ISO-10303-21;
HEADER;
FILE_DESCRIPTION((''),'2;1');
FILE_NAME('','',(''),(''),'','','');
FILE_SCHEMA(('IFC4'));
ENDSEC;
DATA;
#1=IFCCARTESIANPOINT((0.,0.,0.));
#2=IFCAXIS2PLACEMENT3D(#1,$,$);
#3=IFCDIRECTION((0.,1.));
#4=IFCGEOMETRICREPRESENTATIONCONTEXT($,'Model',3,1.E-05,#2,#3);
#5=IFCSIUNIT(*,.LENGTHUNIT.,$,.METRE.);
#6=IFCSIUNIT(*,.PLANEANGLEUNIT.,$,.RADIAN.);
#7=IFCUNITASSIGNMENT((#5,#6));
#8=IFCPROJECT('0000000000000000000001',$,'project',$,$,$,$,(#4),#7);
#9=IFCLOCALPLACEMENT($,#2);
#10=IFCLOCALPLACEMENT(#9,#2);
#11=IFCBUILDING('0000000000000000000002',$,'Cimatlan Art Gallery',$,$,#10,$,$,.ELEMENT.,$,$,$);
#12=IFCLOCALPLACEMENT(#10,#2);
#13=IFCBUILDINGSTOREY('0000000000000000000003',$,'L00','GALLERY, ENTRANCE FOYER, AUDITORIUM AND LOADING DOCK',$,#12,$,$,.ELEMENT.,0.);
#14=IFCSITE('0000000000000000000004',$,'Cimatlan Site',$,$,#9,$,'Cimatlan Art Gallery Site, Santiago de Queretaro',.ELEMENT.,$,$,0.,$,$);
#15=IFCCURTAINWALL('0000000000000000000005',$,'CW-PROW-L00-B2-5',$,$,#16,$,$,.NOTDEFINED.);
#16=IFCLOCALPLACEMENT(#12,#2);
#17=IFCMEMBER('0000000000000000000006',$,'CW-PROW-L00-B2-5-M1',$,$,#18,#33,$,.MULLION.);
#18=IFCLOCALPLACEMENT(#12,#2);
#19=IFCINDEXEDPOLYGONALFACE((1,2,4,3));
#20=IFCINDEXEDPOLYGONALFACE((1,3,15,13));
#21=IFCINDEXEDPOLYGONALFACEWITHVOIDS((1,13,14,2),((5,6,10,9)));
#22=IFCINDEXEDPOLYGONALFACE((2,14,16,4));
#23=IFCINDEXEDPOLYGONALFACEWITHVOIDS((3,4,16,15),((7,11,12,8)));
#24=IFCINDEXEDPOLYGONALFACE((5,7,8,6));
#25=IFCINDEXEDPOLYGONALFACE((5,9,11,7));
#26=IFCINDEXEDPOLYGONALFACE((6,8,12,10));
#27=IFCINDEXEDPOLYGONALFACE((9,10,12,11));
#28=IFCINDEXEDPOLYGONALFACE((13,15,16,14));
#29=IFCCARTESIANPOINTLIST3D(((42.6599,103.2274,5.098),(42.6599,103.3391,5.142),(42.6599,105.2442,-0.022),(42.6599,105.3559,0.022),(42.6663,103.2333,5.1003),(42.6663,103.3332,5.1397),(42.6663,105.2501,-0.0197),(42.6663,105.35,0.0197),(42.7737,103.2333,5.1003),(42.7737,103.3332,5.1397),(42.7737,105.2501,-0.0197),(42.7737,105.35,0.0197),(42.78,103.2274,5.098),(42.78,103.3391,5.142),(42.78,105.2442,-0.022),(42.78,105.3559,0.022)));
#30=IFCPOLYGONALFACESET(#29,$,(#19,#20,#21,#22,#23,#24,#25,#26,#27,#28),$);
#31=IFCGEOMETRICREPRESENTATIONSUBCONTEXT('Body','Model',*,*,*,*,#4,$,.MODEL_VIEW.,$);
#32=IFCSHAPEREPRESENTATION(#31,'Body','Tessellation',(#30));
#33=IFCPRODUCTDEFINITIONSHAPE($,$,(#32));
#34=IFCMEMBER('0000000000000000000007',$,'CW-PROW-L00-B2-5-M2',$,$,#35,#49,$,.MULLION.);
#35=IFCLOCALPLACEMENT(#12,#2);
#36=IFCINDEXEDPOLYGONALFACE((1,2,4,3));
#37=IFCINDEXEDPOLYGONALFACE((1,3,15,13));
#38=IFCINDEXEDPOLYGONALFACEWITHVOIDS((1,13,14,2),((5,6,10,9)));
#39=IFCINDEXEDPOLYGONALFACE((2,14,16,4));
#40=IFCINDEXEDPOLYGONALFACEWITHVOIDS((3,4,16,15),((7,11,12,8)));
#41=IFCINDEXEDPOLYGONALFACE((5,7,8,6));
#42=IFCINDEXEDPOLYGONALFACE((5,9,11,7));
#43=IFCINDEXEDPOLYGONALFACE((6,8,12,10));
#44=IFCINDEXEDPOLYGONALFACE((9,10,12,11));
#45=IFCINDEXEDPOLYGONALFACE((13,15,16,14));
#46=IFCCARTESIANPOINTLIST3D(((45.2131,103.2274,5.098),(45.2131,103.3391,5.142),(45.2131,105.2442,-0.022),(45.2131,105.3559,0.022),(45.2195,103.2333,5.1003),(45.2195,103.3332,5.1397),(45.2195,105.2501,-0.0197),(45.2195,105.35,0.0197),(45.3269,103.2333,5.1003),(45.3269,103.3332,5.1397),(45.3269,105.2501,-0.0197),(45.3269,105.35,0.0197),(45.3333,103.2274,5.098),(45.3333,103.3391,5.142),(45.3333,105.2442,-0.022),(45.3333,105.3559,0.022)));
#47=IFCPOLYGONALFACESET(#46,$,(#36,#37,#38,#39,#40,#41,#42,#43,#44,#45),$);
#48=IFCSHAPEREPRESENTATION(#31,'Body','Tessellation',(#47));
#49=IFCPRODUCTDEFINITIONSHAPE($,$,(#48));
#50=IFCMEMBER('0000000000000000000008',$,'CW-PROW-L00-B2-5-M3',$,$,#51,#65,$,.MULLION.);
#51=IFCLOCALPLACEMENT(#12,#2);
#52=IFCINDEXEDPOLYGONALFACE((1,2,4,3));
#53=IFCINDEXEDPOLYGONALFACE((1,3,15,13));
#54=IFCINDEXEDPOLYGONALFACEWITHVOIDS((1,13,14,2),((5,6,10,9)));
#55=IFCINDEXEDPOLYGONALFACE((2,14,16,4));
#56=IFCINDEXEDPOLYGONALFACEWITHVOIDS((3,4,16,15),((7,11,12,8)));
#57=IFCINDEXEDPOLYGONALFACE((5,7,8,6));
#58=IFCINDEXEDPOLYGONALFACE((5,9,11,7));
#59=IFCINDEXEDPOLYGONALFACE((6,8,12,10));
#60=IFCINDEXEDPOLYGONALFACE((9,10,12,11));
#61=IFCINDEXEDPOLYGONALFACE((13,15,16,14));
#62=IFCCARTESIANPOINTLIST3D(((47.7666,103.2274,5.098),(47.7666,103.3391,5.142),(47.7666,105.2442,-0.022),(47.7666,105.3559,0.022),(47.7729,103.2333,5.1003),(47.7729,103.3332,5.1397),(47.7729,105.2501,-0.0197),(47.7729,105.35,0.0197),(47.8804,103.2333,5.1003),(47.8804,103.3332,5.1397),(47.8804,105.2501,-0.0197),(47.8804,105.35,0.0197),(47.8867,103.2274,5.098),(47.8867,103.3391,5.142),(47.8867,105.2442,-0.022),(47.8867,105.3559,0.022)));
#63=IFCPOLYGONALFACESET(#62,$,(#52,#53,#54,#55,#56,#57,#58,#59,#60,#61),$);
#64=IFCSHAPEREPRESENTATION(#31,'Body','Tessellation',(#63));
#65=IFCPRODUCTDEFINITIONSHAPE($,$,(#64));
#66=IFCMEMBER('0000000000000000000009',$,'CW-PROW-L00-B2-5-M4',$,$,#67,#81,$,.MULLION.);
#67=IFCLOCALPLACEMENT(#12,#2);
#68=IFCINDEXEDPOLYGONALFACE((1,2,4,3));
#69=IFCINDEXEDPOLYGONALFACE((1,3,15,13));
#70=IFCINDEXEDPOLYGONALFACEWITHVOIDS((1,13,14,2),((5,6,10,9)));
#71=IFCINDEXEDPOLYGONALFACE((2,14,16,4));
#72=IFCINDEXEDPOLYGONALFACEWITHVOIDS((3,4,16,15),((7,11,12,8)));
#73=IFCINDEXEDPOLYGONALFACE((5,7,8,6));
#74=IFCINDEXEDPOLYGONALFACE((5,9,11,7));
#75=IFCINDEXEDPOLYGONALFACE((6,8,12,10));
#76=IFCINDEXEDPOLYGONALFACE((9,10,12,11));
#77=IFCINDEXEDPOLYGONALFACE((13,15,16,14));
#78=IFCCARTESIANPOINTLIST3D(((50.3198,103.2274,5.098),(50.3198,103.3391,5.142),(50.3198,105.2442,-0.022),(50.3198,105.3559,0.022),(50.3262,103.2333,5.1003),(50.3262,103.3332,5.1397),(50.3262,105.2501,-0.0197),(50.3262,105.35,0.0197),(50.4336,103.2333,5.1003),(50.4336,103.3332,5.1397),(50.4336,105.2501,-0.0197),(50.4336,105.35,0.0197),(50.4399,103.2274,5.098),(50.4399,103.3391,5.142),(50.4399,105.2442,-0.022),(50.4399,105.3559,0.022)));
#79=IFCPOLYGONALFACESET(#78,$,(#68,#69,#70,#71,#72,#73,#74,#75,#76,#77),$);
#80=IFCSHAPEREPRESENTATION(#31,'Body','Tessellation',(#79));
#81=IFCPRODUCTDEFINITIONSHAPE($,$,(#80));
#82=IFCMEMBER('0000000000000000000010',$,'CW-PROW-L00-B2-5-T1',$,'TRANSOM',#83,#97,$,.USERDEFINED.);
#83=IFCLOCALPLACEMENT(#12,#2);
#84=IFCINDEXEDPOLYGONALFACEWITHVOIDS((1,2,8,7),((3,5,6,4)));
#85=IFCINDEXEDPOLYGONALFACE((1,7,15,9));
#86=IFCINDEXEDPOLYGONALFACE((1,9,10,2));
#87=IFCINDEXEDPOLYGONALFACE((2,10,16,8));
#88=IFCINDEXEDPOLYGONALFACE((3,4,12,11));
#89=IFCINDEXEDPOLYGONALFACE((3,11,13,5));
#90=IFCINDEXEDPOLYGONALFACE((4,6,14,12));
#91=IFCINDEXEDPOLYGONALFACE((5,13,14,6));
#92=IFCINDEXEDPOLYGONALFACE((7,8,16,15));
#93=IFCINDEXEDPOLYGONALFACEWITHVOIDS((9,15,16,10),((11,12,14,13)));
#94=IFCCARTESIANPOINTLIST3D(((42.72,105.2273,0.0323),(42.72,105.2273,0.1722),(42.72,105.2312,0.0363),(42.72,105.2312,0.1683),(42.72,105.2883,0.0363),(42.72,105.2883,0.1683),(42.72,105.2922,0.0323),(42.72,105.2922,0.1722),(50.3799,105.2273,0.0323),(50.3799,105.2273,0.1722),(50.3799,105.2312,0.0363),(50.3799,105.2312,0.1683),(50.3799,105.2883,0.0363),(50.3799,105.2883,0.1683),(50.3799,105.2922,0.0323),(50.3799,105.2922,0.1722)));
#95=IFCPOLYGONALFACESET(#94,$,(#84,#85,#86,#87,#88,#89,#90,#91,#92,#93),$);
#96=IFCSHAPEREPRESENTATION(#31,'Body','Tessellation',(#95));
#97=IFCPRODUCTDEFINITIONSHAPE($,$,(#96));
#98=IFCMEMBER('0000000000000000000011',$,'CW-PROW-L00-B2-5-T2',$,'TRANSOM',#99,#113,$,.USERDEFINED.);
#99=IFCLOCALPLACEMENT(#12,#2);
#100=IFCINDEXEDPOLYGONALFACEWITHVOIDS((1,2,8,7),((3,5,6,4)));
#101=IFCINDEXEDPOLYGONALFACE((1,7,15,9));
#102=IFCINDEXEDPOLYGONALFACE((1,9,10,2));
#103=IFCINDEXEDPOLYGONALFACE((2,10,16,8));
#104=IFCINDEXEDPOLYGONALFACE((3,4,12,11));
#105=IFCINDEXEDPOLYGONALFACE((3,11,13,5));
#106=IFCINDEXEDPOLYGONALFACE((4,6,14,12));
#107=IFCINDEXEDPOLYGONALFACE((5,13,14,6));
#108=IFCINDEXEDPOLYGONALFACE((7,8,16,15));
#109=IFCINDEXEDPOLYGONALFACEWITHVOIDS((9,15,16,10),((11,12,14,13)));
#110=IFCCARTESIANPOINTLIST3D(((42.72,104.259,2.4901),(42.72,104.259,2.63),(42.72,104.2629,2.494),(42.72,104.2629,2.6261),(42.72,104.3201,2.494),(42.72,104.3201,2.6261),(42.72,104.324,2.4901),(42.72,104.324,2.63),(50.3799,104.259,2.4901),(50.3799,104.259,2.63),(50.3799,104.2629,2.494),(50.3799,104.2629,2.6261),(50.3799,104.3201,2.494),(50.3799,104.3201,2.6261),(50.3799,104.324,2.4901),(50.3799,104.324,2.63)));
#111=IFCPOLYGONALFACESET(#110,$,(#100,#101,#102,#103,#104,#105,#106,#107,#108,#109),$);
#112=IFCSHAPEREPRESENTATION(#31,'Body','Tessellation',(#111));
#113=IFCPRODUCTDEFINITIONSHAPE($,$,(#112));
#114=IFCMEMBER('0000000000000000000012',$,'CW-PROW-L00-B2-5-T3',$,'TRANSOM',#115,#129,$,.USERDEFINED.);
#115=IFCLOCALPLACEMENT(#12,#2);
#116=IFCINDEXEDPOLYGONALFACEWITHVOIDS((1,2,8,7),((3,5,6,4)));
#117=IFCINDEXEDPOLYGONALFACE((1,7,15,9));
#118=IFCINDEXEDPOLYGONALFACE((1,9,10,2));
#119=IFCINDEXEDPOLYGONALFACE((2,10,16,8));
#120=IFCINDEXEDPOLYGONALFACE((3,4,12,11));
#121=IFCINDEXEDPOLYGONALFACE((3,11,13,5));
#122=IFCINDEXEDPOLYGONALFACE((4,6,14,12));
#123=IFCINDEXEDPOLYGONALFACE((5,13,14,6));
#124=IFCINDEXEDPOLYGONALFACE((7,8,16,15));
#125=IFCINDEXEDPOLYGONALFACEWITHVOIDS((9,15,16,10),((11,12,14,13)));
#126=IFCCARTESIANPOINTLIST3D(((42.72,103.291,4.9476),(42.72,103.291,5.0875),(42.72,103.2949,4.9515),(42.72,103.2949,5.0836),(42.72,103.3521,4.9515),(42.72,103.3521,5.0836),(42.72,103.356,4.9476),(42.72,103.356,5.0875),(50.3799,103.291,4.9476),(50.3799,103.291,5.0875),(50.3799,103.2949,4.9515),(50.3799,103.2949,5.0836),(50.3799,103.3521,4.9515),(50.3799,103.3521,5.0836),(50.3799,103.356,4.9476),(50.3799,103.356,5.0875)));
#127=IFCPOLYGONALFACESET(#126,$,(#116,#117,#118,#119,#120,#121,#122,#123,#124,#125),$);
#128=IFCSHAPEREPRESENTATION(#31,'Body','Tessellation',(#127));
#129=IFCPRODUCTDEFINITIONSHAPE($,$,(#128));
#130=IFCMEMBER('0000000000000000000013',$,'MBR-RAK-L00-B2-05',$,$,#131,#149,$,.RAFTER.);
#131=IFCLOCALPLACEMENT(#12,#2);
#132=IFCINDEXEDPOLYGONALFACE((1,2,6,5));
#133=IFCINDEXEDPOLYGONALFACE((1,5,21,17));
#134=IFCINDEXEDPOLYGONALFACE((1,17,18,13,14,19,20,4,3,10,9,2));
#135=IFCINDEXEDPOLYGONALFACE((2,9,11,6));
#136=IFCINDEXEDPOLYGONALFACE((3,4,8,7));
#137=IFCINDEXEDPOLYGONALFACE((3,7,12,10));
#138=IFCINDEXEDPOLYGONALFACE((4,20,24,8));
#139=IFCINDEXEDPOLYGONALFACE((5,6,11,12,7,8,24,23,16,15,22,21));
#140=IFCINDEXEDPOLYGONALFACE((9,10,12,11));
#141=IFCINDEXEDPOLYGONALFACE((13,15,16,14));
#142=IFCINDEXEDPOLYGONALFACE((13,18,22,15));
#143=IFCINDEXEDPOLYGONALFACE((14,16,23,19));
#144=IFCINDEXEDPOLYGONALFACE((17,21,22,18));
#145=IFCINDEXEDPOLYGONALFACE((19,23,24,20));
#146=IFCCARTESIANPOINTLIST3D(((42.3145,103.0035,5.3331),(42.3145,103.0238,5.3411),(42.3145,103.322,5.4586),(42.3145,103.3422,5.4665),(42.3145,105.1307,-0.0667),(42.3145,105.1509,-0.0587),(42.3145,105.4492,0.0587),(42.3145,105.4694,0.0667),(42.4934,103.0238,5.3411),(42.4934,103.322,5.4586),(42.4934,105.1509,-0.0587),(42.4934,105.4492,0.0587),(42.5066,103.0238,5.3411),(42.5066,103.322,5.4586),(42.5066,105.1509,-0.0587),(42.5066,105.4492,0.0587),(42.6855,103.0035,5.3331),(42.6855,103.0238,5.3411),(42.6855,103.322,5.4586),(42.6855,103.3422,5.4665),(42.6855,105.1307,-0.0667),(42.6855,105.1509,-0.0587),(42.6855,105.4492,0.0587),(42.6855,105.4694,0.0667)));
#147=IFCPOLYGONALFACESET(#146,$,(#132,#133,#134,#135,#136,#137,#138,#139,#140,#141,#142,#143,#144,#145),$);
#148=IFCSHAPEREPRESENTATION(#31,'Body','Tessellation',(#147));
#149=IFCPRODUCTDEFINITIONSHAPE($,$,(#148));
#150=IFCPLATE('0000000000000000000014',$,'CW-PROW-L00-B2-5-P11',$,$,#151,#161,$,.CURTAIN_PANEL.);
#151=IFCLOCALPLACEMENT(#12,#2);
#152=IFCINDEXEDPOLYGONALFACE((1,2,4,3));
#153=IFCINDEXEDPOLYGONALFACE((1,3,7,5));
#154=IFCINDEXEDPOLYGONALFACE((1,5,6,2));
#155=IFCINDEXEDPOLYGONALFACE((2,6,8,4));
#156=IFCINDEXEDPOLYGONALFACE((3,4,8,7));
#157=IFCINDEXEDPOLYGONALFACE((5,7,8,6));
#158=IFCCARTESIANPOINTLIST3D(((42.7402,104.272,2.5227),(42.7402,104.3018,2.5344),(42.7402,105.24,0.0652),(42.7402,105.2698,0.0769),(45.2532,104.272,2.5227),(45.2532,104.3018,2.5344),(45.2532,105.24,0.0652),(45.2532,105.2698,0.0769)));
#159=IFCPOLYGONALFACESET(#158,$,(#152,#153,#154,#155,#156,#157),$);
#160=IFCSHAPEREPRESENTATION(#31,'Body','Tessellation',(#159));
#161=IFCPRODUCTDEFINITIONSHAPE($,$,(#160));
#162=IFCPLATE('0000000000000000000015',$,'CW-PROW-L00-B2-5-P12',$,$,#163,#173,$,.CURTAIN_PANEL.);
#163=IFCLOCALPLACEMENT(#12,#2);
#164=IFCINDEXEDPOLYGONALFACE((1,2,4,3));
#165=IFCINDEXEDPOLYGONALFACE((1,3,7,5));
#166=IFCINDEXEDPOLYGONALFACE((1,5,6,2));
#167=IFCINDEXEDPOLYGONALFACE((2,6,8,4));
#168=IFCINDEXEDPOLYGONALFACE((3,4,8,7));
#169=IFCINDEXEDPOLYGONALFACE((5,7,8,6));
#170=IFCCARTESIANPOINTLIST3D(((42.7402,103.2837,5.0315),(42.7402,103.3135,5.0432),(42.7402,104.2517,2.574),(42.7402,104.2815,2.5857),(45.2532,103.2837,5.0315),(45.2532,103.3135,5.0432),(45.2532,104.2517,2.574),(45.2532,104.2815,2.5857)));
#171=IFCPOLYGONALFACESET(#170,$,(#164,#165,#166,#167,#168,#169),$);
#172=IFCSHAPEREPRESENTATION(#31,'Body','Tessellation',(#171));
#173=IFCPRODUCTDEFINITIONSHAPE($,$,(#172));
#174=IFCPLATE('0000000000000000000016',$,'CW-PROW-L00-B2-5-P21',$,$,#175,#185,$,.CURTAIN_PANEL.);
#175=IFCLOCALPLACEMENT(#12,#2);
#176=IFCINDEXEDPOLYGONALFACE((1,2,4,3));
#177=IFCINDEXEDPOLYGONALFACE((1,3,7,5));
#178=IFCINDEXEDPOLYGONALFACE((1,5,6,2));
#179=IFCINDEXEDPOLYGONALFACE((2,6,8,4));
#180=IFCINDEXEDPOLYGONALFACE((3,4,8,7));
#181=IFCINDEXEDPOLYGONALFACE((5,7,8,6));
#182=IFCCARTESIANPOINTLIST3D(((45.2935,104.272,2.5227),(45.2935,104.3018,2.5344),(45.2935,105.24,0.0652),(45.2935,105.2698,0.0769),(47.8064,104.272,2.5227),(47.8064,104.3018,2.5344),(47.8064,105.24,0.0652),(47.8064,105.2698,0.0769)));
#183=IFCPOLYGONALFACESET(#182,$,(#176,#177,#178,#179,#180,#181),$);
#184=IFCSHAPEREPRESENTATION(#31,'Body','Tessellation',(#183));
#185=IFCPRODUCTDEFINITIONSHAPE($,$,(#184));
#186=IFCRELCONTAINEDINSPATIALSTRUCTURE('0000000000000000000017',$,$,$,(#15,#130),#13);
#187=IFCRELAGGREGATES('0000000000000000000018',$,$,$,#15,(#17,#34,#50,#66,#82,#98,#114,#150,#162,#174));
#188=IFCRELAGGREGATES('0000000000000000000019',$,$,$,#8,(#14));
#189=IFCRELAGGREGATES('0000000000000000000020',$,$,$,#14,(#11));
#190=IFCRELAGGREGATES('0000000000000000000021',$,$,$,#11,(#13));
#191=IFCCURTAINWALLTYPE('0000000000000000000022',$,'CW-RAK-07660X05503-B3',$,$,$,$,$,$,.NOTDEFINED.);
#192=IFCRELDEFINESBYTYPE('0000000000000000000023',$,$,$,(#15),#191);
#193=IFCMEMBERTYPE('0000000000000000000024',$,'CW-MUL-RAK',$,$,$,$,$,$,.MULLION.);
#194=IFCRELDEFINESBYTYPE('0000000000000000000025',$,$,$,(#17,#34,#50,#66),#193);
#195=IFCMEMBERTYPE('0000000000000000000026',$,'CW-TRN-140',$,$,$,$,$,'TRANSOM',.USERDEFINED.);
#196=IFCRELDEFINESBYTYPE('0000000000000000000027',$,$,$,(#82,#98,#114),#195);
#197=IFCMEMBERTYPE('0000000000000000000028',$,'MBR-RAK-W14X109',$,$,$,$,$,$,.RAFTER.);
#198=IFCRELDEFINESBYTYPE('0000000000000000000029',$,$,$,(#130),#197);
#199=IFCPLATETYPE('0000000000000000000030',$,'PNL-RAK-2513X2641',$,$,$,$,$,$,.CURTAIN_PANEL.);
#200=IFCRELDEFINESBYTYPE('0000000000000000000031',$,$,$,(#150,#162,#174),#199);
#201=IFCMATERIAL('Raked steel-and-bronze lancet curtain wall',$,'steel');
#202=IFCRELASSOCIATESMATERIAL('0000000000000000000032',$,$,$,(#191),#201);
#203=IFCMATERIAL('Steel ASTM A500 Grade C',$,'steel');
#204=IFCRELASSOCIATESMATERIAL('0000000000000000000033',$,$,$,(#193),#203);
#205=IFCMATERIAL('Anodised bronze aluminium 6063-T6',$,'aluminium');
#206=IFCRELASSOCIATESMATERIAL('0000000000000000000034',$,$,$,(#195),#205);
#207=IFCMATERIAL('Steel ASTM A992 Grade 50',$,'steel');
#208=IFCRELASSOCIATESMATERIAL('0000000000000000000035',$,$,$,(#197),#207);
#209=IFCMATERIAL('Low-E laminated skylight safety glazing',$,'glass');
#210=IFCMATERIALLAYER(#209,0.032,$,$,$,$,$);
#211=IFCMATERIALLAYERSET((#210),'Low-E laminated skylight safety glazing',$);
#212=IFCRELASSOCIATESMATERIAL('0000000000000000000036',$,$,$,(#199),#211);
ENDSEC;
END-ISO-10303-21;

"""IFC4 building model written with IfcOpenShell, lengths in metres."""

from ifc_helpers import new_model, si_unit, direction, frame, origin, origin_2d, place, context, subcontext, project, spatial, polyline, hollow_rectangle, i_section, outline, extrude, material, layer, layer_set, material_profile, profile_set, type_object, element, aggregate, save


model = new_model("IFC4")

# Units and contexts
model_context = context("Model", 3, precision=1e-05, world=origin(), true_north=direction((0.0, 1.0)))
body_context = subcontext(model_context, "Body", "Model", "MODEL_VIEW")
ifc_project = project(units=[si_unit("LENGTHUNIT", "METRE"), si_unit("PLANEANGLEUNIT", "RADIAN")], contexts=[model_context])

# Site, building, storey
site_placement = place(None, origin())
site = spatial("IfcSite", under=ifc_project, at=site_placement, Name="Cimatlan Site", LongName="Cimatlan Art Gallery Site, Santiago de Queretaro", CompositionType="ELEMENT", RefElevation=0.0)
building_placement = place(site_placement, origin())
building = spatial("IfcBuilding", under=site, at=building_placement, Name="Cimatlan Art Gallery", CompositionType="ELEMENT")
storey_placement = place(building_placement, origin())
storey = spatial("IfcBuildingStorey", under=building, at=storey_placement, Name="L00", Description="GALLERY, ENTRANCE FOYER, AUDITORIUM AND LOADING DOCK", CompositionType="ELEMENT", Elevation=0.0)

# Shared definitions
ifc_material_1 = material(Name="Steel ASTM A992 Grade 50", Category="steel")

# Curtain wall, members
ifc_material_2 = material(Name="Raked steel-and-bronze lancet curtain wall", Category="steel")
curtain_wall_type = type_object("IfcCurtainWallType", Name="CW-RAK-07660X05503-B3", PredefinedType="NOTDEFINED", material=ifc_material_2)
curtain_wall_placement = place(storey_placement, origin())
curtain_wall = element("IfcCurtainWall", 1, at=curtain_wall_placement, inside=storey, type_object=curtain_wall_type, Name="CW-PROW-L00-B2-5", PredefinedType="NOTDEFINED")
ifc_material_3 = material(Name="Steel ASTM A500 Grade C", Category="steel")
ifc_material_profile_1 = material_profile(ifc_material_3, hollow_rectangle(XDim=0.1201, YDim=0.1201, WallThickness=0.0063, at=origin_2d()), Name="HSS120X120X6")
ifc_profile_set_1 = profile_set([ifc_material_profile_1], Name="Steel ASTM A500 Grade C")
member_type_1 = type_object("IfcMemberType", Name="CW-MUL-RAK", PredefinedType="MULLION", material=ifc_profile_set_1)
member_1_placement = place(storey_placement, frame((42.72, 105.3, 0.0), z_axis=(0.0, -0.366498, 0.930419), x_axis=(1.0, 0.0, 0.0)))
member_1 = element("IfcMember", 2, at=member_1_placement, type_object=member_type_1, Name="CW-PROW-L00-B2-5-M1", PredefinedType="MULLION", context=body_context, shape_type="SweptSolid", body=[
    extrude(hollow_rectangle(XDim=0.1201, YDim=0.1201, WallThickness=0.0063, at=origin_2d()), origin(), (0.0, 0.0, 1.0), 5.5029),
])
member_2_placement = place(storey_placement, frame((45.2732, 105.3, 0.0), z_axis=(0.0, -0.366498, 0.930419), x_axis=(1.0, 0.0, 0.0)))
member_2 = element("IfcMember", 3, at=member_2_placement, type_object=member_type_1, Name="CW-PROW-L00-B2-5-M2", PredefinedType="MULLION", context=body_context, shape_type="SweptSolid", body=[
    extrude(hollow_rectangle(XDim=0.1201, YDim=0.1201, WallThickness=0.0063, at=origin_2d()), origin(), (0.0, 0.0, 1.0), 5.5029),
])
member_3_placement = place(storey_placement, frame((47.8267, 105.3, 0.0), z_axis=(0.0, -0.366498, 0.930419), x_axis=(1.0, 0.0, 0.0)))
member_3 = element("IfcMember", 4, at=member_3_placement, type_object=member_type_1, Name="CW-PROW-L00-B2-5-M3", PredefinedType="MULLION", context=body_context, shape_type="SweptSolid", body=[
    extrude(hollow_rectangle(XDim=0.1201, YDim=0.1201, WallThickness=0.0063, at=origin_2d()), origin(), (0.0, 0.0, 1.0), 5.5029),
])
member_4_placement = place(storey_placement, frame((50.3799, 105.3, 0.0), z_axis=(0.0, -0.366498, 0.930419), x_axis=(1.0, 0.0, 0.0)))
member_4 = element("IfcMember", 5, at=member_4_placement, type_object=member_type_1, Name="CW-PROW-L00-B2-5-M4", PredefinedType="MULLION", context=body_context, shape_type="SweptSolid", body=[
    extrude(hollow_rectangle(XDim=0.1201, YDim=0.1201, WallThickness=0.0063, at=origin_2d()), origin(), (0.0, 0.0, 1.0), 5.5029),
])
ifc_material_4 = material(Name="Anodised bronze aluminium 6063-T6", Category="aluminium")
ifc_material_profile_2 = material_profile(ifc_material_4, hollow_rectangle(XDim=0.0649, YDim=0.1399, WallThickness=0.0039, at=origin_2d()), Name="ALU65X140X4")
ifc_profile_set_2 = profile_set([ifc_material_profile_2], Name="Anodised bronze aluminium 6063-T6")
member_type_2 = type_object("IfcMemberType", Name="CW-TRN-140", ElementType="TRANSOM", PredefinedType="USERDEFINED", material=ifc_profile_set_2)
member_5_placement = place(storey_placement, frame((42.72, 105.2598, 0.1023), z_axis=(1.0, 0.0, 0.0), x_axis=(0.0, 1.0, 0.0)))
member_5 = element("IfcMember", 6, at=member_5_placement, type_object=member_type_2, Name="CW-PROW-L00-B2-5-T1", ObjectType="TRANSOM", PredefinedType="USERDEFINED", context=body_context, shape_type="SweptSolid", body=[
    extrude(hollow_rectangle(XDim=0.0649, YDim=0.1399, WallThickness=0.0039, at=origin_2d()), origin(), (0.0, 0.0, 1.0), 7.6599),
])
member_6_placement = place(storey_placement, frame((42.72, 104.2915, 2.5601), z_axis=(1.0, 0.0, 0.0), x_axis=(0.0, 1.0, 0.0)))
member_6 = element("IfcMember", 7, at=member_6_placement, type_object=member_type_2, Name="CW-PROW-L00-B2-5-T2", ObjectType="TRANSOM", PredefinedType="USERDEFINED", context=body_context, shape_type="SweptSolid", body=[
    extrude(hollow_rectangle(XDim=0.0649, YDim=0.1399, WallThickness=0.0039, at=origin_2d()), origin(), (0.0, 0.0, 1.0), 7.6599),
])
member_7_placement = place(storey_placement, frame((42.72, 103.3235, 5.0176), z_axis=(1.0, 0.0, 0.0), x_axis=(0.0, 1.0, 0.0)))
member_7 = element("IfcMember", 8, at=member_7_placement, type_object=member_type_2, Name="CW-PROW-L00-B2-5-T3", ObjectType="TRANSOM", PredefinedType="USERDEFINED", context=body_context, shape_type="SweptSolid", body=[
    extrude(hollow_rectangle(XDim=0.0649, YDim=0.1399, WallThickness=0.0039, at=origin_2d()), origin(), (0.0, 0.0, 1.0), 7.6599),
])

# Member
ifc_material_profile_3 = material_profile(ifc_material_1, i_section(OverallWidth=0.3711, OverallDepth=0.364, WebThickness=0.0132, FlangeThickness=0.0217, at=origin_2d()), Name="W14X109")
ifc_profile_set_3 = profile_set([ifc_material_profile_3], Name="Steel ASTM A992 Grade 50")
member_type_3 = type_object("IfcMemberType", Name="MBR-RAK-W14X109", PredefinedType="RAFTER", material=ifc_profile_set_3)
member_8_placement = place(storey_placement, frame((42.5, 105.3, 0.0), z_axis=(0.0, -0.366519, 0.930411), x_axis=(1.0, 0.0, 0.0)))
element("IfcMember", 9, at=member_8_placement, inside=storey, type_object=member_type_3, Name="MBR-RAK-L00-B2-05", PredefinedType="RAFTER", context=body_context, shape_type="SweptSolid", body=[
    extrude(i_section(OverallWidth=0.3711, OverallDepth=0.364, WebThickness=0.0132, FlangeThickness=0.0217, at=origin_2d()), origin(), (0.0, 0.0, 1.0), 5.8037),
])

# Plates
ifc_material_5 = material(Name="Low-E laminated skylight safety glazing", Category="glass")
ifc_layer = layer(ifc_material_5, 0.032)
ifc_layer_set = layer_set([ifc_layer], Name="Low-E laminated skylight safety glazing")
plate_type = type_object("IfcPlateType", Name="PNL-RAK-2513X2641", PredefinedType="CURTAIN_PANEL", material=ifc_layer_set)
plate_1_placement = place(storey_placement, frame((42.7402, 105.2698, 0.0769), z_axis=(0.0, 0.930421, 0.366493), x_axis=(1.0, 0.0, 0.0)))
plate_1 = element("IfcPlate", 10, at=plate_1_placement, type_object=plate_type, Name="CW-PROW-L00-B2-5-P11", PredefinedType="CURTAIN_PANEL", context=body_context, shape_type="SweptSolid", body=[
    extrude(outline(polyline([(0.0, 0.0), (2.5129, 0.0), (2.5129, -2.6413), (0.0, -2.6413), (0.0, 0.0)])), origin(), (0.0, 0.0, -1.0), 0.032),
])
plate_2_placement = place(storey_placement, frame((42.7402, 104.2815, 2.5857), z_axis=(0.0, 0.930421, 0.366493), x_axis=(1.0, 0.0, 0.0)))
plate_2 = element("IfcPlate", 11, at=plate_2_placement, type_object=plate_type, Name="CW-PROW-L00-B2-5-P12", PredefinedType="CURTAIN_PANEL", context=body_context, shape_type="SweptSolid", body=[
    extrude(outline(polyline([(0.0, 0.0), (2.5129, 0.0), (2.5129, -2.6413), (0.0, -2.6413), (0.0, 0.0)])), origin(), (0.0, 0.0, -1.0), 0.032),
])
plate_3_placement = place(storey_placement, frame((45.2935, 105.2698, 0.0769), z_axis=(0.0, 0.930421, 0.366493), x_axis=(1.0, 0.0, 0.0)))
plate_3 = element("IfcPlate", 12, at=plate_3_placement, type_object=plate_type, Name="CW-PROW-L00-B2-5-P21", PredefinedType="CURTAIN_PANEL", context=body_context, shape_type="SweptSolid", body=[
    extrude(outline(polyline([(0.0, 0.0), (2.5129, 0.0), (2.5129, -2.6413), (0.0, -2.6413), (0.0, 0.0)])), origin(), (0.0, 0.0, -1.0), 0.032),
])
aggregate(curtain_wall, [member_1, member_2, member_3, member_4, member_5, member_6, member_7, plate_1, plate_2, plate_3])

save(model, "model.ifc")
